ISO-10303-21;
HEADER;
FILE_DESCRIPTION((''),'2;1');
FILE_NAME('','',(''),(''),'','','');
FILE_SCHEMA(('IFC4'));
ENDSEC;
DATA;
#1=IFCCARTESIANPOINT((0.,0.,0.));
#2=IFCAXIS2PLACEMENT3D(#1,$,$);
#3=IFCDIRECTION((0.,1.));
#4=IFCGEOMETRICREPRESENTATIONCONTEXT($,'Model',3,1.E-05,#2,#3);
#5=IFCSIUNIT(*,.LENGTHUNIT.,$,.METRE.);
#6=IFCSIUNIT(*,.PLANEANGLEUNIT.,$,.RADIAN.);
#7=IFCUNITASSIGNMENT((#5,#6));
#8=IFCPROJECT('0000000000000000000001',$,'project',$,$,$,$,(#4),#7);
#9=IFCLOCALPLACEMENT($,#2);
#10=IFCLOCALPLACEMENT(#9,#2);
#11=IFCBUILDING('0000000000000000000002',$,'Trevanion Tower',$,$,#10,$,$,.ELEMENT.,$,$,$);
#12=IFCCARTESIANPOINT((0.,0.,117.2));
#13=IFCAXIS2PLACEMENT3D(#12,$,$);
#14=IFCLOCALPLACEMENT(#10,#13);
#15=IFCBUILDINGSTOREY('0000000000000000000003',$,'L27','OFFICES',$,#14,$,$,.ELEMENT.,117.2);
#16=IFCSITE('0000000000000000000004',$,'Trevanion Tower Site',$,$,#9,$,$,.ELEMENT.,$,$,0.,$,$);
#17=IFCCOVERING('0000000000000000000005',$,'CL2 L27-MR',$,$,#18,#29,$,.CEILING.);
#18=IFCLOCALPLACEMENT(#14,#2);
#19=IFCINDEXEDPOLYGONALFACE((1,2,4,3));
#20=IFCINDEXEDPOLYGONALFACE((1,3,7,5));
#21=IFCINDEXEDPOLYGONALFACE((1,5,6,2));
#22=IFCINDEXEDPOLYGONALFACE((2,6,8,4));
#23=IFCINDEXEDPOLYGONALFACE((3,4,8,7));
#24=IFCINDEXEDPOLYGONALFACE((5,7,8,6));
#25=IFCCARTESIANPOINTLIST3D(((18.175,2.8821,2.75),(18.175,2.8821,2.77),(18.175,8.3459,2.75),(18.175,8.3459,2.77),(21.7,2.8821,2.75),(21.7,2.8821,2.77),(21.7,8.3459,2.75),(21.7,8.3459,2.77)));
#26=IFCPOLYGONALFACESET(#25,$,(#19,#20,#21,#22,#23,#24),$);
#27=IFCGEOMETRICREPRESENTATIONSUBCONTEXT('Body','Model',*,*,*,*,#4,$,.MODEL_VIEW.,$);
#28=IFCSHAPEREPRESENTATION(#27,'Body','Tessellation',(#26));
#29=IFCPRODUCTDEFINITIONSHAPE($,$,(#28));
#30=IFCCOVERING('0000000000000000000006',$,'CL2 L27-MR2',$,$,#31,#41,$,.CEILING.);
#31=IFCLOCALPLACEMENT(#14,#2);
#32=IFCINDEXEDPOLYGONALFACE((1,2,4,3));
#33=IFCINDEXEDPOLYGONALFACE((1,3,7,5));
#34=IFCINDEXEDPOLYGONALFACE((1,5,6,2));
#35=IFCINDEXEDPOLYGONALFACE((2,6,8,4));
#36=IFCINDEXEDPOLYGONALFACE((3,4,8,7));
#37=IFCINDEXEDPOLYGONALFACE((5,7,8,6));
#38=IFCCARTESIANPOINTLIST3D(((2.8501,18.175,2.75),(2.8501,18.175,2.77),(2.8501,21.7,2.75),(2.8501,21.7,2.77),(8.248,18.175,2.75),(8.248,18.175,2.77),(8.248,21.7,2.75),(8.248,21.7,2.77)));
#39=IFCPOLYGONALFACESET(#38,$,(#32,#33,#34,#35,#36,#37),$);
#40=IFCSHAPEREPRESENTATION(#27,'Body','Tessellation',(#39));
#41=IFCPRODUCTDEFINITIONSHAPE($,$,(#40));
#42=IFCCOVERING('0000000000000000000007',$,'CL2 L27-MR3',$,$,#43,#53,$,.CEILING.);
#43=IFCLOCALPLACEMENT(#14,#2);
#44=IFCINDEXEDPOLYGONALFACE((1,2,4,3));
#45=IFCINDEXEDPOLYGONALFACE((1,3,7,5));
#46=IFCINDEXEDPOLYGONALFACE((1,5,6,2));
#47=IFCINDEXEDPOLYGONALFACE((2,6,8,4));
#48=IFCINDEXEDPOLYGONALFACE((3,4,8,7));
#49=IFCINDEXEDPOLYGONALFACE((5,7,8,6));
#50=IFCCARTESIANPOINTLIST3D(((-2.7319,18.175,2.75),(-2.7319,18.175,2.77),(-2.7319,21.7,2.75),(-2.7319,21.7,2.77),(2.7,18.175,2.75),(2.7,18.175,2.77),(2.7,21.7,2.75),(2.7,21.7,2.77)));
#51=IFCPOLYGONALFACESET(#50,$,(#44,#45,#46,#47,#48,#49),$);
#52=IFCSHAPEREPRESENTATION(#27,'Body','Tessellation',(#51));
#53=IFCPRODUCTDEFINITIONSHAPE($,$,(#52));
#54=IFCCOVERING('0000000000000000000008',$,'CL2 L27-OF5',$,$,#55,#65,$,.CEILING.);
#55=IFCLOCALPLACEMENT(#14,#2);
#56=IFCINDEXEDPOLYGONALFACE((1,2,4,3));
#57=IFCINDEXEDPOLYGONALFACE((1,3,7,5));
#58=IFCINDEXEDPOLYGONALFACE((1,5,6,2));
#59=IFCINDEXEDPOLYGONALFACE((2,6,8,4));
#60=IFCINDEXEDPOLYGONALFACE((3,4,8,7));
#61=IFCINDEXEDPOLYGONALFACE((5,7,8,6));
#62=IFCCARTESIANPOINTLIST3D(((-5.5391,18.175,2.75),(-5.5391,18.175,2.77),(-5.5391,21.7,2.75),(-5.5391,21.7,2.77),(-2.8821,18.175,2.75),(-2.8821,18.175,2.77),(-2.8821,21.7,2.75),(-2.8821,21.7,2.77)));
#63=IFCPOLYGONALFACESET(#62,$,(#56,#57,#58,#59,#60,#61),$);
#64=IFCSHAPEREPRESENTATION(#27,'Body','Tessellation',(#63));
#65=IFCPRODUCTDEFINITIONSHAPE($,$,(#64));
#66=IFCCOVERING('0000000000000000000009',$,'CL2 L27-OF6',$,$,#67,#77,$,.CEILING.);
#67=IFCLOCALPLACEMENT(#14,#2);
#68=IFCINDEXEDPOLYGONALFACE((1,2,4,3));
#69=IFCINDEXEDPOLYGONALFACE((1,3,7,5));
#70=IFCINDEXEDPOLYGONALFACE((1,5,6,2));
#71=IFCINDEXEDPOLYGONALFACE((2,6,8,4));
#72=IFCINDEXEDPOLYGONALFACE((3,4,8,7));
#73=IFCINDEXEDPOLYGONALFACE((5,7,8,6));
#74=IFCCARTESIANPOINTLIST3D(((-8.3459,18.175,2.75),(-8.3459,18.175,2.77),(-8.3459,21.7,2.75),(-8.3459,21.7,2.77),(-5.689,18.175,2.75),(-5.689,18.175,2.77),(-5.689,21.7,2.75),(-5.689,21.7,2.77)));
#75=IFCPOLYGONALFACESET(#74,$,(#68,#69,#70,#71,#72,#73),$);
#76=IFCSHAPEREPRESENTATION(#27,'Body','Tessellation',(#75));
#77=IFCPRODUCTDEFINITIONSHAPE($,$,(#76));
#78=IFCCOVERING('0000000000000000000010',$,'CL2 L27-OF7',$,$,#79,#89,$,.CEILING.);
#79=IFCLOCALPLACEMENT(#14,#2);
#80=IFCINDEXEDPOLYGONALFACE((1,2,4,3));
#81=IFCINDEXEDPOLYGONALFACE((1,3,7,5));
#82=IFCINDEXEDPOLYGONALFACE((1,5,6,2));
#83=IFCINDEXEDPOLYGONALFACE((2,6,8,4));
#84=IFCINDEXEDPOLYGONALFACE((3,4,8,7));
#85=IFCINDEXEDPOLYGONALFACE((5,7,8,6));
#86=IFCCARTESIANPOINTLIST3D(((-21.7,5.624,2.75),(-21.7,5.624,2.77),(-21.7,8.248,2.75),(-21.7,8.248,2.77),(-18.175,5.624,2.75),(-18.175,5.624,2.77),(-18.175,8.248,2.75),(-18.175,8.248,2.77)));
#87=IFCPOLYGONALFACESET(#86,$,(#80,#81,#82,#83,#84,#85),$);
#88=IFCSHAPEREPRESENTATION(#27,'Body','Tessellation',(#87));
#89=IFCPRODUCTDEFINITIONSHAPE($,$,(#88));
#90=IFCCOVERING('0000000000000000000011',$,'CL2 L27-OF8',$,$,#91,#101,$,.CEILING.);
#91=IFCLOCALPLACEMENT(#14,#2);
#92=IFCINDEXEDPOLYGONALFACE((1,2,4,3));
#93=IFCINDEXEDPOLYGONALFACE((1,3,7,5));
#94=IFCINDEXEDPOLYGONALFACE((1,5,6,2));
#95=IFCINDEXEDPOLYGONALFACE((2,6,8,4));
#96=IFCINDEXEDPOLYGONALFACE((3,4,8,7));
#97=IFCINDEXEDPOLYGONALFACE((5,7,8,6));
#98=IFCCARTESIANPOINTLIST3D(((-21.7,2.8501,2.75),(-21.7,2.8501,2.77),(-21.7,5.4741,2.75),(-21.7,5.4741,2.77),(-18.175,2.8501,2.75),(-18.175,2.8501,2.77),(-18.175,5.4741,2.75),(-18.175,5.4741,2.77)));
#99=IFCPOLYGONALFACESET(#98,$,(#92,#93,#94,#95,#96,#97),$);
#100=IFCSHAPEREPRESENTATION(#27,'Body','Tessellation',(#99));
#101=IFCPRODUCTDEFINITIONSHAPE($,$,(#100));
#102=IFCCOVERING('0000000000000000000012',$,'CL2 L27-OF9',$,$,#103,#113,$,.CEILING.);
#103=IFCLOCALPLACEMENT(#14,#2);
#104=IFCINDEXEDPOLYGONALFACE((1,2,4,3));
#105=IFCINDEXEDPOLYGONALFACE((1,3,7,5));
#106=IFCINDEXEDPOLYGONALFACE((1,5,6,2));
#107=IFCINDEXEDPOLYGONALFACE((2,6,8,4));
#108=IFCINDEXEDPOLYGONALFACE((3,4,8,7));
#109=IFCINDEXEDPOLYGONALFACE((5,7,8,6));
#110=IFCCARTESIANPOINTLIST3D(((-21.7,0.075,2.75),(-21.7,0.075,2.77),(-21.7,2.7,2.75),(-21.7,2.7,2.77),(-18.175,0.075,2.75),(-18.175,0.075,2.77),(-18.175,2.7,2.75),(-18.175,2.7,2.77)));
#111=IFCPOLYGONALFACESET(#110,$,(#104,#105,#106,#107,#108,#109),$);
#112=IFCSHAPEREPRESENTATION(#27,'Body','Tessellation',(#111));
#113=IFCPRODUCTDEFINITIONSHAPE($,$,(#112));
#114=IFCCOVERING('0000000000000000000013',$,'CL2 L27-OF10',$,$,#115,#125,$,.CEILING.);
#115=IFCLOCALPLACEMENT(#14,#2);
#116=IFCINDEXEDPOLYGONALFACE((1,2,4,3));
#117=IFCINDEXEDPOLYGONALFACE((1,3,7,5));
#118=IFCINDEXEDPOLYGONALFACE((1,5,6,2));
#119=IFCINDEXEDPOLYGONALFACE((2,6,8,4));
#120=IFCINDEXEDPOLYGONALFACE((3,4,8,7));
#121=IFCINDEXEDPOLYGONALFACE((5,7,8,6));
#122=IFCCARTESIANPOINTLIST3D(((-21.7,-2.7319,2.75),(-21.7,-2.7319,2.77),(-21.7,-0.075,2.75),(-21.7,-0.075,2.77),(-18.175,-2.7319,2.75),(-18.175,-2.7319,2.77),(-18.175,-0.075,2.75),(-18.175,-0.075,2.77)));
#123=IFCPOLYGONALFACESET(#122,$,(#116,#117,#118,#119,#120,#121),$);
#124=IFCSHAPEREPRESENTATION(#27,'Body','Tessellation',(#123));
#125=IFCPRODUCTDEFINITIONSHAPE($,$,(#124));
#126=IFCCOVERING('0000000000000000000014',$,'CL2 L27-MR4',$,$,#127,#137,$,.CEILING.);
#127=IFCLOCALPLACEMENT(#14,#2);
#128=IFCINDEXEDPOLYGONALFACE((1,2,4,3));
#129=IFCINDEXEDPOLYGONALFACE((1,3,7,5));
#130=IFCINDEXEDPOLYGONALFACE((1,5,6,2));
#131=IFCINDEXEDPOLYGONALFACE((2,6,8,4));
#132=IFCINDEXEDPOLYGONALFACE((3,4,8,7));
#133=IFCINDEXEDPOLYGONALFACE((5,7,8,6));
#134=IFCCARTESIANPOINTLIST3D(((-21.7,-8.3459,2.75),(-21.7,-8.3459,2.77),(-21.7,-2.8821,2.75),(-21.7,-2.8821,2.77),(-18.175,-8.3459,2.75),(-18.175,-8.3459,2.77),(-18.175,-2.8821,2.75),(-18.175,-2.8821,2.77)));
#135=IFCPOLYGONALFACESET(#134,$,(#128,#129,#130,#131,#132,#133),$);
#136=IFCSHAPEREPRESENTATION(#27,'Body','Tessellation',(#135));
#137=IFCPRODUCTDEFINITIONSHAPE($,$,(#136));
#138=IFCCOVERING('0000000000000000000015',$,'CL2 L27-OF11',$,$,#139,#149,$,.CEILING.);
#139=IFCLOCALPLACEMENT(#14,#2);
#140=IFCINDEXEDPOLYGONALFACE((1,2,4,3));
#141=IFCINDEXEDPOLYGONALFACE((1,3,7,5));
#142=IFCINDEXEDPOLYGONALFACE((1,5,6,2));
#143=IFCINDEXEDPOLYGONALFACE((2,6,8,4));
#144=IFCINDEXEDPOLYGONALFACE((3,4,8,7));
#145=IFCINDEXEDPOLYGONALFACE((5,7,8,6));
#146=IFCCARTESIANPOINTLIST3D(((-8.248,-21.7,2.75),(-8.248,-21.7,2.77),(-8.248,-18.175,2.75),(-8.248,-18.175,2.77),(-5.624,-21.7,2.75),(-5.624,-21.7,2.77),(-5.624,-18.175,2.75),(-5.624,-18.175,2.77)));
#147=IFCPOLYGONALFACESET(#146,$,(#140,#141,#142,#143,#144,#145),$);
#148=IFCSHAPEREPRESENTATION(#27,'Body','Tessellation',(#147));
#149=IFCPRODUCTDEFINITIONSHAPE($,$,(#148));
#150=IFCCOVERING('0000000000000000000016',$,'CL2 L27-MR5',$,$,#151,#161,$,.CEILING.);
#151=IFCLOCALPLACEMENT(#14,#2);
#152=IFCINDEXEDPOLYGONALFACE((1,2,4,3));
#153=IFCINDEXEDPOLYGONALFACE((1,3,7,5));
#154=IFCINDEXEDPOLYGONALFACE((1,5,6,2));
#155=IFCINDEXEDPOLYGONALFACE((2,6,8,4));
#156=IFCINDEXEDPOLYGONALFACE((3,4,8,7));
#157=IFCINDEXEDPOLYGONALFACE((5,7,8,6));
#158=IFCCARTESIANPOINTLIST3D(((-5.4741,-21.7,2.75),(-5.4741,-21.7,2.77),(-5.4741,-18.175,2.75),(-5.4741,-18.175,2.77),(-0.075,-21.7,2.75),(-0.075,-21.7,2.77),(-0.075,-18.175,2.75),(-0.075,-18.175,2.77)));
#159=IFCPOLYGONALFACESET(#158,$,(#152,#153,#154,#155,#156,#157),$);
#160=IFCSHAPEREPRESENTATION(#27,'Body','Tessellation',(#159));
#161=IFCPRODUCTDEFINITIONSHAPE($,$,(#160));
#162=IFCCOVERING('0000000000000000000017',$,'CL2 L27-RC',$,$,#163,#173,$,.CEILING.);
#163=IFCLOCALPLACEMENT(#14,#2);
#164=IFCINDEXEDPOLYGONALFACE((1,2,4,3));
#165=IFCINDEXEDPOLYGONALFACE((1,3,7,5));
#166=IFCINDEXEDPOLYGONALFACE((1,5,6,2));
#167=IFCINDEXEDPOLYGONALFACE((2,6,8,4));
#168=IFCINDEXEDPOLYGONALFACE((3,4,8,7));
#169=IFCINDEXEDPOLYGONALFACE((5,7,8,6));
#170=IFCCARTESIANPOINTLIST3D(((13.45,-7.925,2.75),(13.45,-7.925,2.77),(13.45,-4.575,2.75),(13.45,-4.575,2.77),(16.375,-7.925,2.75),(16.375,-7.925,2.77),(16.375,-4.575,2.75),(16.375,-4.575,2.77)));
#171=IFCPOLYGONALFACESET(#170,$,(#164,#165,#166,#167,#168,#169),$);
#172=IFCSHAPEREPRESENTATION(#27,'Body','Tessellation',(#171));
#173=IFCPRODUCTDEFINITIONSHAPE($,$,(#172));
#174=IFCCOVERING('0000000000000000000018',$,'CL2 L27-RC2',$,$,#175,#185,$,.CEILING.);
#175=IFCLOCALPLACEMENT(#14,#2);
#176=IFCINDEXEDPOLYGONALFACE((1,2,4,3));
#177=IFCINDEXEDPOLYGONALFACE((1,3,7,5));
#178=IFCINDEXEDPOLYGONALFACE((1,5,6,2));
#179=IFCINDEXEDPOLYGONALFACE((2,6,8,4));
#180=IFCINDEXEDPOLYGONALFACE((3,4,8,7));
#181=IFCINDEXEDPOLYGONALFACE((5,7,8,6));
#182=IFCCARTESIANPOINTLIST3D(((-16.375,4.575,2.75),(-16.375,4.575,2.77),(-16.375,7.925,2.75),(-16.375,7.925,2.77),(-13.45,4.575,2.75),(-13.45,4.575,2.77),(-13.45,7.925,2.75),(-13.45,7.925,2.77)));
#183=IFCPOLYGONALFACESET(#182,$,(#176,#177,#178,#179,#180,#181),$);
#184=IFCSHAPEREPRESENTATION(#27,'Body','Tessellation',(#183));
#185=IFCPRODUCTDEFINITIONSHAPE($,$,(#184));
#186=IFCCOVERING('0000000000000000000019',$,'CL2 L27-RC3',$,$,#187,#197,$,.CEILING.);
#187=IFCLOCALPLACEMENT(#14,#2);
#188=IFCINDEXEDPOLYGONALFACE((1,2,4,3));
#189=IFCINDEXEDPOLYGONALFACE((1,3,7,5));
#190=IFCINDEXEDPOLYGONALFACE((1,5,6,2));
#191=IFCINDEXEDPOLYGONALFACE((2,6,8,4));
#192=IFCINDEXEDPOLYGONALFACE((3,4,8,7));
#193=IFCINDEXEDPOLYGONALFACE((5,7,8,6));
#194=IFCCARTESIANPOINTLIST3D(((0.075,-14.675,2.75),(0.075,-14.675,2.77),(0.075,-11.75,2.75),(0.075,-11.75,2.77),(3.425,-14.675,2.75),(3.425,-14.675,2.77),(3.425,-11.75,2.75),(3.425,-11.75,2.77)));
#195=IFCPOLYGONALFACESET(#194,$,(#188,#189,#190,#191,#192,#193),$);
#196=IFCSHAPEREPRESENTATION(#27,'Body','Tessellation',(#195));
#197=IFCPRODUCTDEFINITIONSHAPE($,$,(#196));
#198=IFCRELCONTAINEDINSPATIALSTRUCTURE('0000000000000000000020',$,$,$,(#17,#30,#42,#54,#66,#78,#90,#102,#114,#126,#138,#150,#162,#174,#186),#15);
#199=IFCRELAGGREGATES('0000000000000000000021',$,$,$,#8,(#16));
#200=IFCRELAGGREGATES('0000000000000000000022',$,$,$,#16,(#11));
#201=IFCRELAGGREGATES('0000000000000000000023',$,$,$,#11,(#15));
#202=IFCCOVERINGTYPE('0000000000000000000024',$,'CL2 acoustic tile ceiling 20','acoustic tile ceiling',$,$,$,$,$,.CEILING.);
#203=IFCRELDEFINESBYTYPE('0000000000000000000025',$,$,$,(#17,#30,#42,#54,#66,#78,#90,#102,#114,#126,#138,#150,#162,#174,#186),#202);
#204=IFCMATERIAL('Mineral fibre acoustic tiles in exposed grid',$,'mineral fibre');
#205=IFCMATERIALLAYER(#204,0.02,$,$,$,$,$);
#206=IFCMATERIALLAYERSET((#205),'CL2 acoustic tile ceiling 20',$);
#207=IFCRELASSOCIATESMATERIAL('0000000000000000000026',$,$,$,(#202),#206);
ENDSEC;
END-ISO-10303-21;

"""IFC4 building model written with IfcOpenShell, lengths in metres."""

from ifc_helpers import new_model, si_unit, direction, frame, origin, place, context, subcontext, project, spatial, polyline, outline, extrude, material, layer, layer_set, type_object, element, save


model = new_model("IFC4")

# Units and contexts
model_context = context("Model", 3, precision=1e-05, world=origin(), true_north=direction((0.0, 1.0)))
body_context = subcontext(model_context, "Body", "Model", "MODEL_VIEW")
ifc_project = project(units=[si_unit("LENGTHUNIT", "METRE"), si_unit("PLANEANGLEUNIT", "RADIAN")], contexts=[model_context])

# Site, building, storey
site_placement = place(None, origin())
site = spatial("IfcSite", under=ifc_project, at=site_placement, Name="Trevanion Tower Site", CompositionType="ELEMENT", RefElevation=0.0)
building_placement = place(site_placement, origin())
building = spatial("IfcBuilding", under=site, at=building_placement, Name="Trevanion Tower", CompositionType="ELEMENT")
storey_placement = place(building_placement, frame((0.0, 0.0, 117.2)))
storey = spatial("IfcBuildingStorey", under=building, at=storey_placement, Name="L27", Description="OFFICES", CompositionType="ELEMENT", Elevation=117.2)

# Coverings
ifc_material_1 = material(Name="Mineral fibre acoustic tiles in exposed grid", Category="mineral fibre")
ifc_layer_1 = layer(ifc_material_1, 0.02)
ifc_layer_set_1 = layer_set([ifc_layer_1], Name="CL2 acoustic tile ceiling 20")
covering_type_1 = type_object("IfcCoveringType", Name="CL2 acoustic tile ceiling 20", Description="acoustic tile ceiling", PredefinedType="CEILING", material=ifc_layer_set_1)
covering_1_placement = place(storey_placement, frame((0.0, 0.0, 2.75)))
element("IfcCovering", 1, at=covering_1_placement, inside=storey, type_object=covering_type_1, Name="CL2 L27-MR", PredefinedType="CEILING", context=body_context, shape_type="SweptSolid", body=[
    extrude(outline(polyline([(18.175, 2.8821), (18.175, 8.3459), (21.7, 8.3459), (21.7, 2.8821), (18.175, 2.8821)])), origin(), (0.0, 0.0, 1.0), 0.02),
])
covering_2_placement = place(storey_placement, frame((0.0, 0.0, 2.75)))
element("IfcCovering", 2, at=covering_2_placement, inside=storey, type_object=covering_type_1, Name="CL2 L27-MR2", PredefinedType="CEILING", context=body_context, shape_type="SweptSolid", body=[
    extrude(outline(polyline([(8.248, 18.175), (2.8501, 18.175), (2.8501, 21.7), (8.248, 21.7), (8.248, 18.175)])), origin(), (0.0, 0.0, 1.0), 0.02),
])
covering_3_placement = place(storey_placement, frame((0.0, 0.0, 2.75)))
element("IfcCovering", 3, at=covering_3_placement, inside=storey, type_object=covering_type_1, Name="CL2 L27-MR3", PredefinedType="CEILING", context=body_context, shape_type="SweptSolid", body=[
    extrude(outline(polyline([(2.7, 18.175), (-2.7319, 18.175), (-2.7319, 21.7), (2.7, 21.7), (2.7, 18.175)])), origin(), (0.0, 0.0, 1.0), 0.02),
])
covering_4_placement = place(storey_placement, frame((0.0, 0.0, 2.75)))
element("IfcCovering", 4, at=covering_4_placement, inside=storey, type_object=covering_type_1, Name="CL2 L27-OF5", PredefinedType="CEILING", context=body_context, shape_type="SweptSolid", body=[
    extrude(outline(polyline([(-2.8821, 18.175), (-5.5391, 18.175), (-5.5391, 21.7), (-2.8821, 21.7), (-2.8821, 18.175)])), origin(), (0.0, 0.0, 1.0), 0.02),
])
covering_5_placement = place(storey_placement, frame((0.0, 0.0, 2.75)))
element("IfcCovering", 5, at=covering_5_placement, inside=storey, type_object=covering_type_1, Name="CL2 L27-OF6", PredefinedType="CEILING", context=body_context, shape_type="SweptSolid", body=[
    extrude(outline(polyline([(-5.689, 18.175), (-8.3459, 18.175), (-8.3459, 21.7), (-5.689, 21.7), (-5.689, 18.175)])), origin(), (0.0, 0.0, 1.0), 0.02),
])
covering_6_placement = place(storey_placement, frame((0.0, 0.0, 2.75)))
element("IfcCovering", 6, at=covering_6_placement, inside=storey, type_object=covering_type_1, Name="CL2 L27-OF7", PredefinedType="CEILING", context=body_context, shape_type="SweptSolid", body=[
    extrude(outline(polyline([(-18.175, 8.248), (-18.175, 5.624), (-21.7, 5.624), (-21.7, 8.248), (-18.175, 8.248)])), origin(), (0.0, 0.0, 1.0), 0.02),
])
covering_7_placement = place(storey_placement, frame((0.0, 0.0, 2.75)))
element("IfcCovering", 7, at=covering_7_placement, inside=storey, type_object=covering_type_1, Name="CL2 L27-OF8", PredefinedType="CEILING", context=body_context, shape_type="SweptSolid", body=[
    extrude(outline(polyline([(-18.175, 5.4741), (-18.175, 2.8501), (-21.7, 2.8501), (-21.7, 5.4741), (-18.175, 5.4741)])), origin(), (0.0, 0.0, 1.0), 0.02),
])
covering_8_placement = place(storey_placement, frame((0.0, 0.0, 2.75)))
element("IfcCovering", 8, at=covering_8_placement, inside=storey, type_object=covering_type_1, Name="CL2 L27-OF9", PredefinedType="CEILING", context=body_context, shape_type="SweptSolid", body=[
    extrude(outline(polyline([(-18.175, 2.7), (-18.175, 0.075), (-21.7, 0.075), (-21.7, 2.7), (-18.175, 2.7)])), origin(), (0.0, 0.0, 1.0), 0.02),
])
covering_9_placement = place(storey_placement, frame((0.0, 0.0, 2.75)))
element("IfcCovering", 9, at=covering_9_placement, inside=storey, type_object=covering_type_1, Name="CL2 L27-OF10", PredefinedType="CEILING", context=body_context, shape_type="SweptSolid", body=[
    extrude(outline(polyline([(-18.175, -0.075), (-18.175, -2.7319), (-21.7, -2.7319), (-21.7, -0.075), (-18.175, -0.075)])), origin(), (0.0, 0.0, 1.0), 0.02),
])
covering_10_placement = place(storey_placement, frame((0.0, 0.0, 2.75)))
element("IfcCovering", 10, at=covering_10_placement, inside=storey, type_object=covering_type_1, Name="CL2 L27-MR4", PredefinedType="CEILING", context=body_context, shape_type="SweptSolid", body=[
    extrude(outline(polyline([(-18.175, -2.8821), (-18.175, -8.3459), (-21.7, -8.3459), (-21.7, -2.8821), (-18.175, -2.8821)])), origin(), (0.0, 0.0, 1.0), 0.02),
])
covering_11_placement = place(storey_placement, frame((0.0, 0.0, 2.75)))
element("IfcCovering", 11, at=covering_11_placement, inside=storey, type_object=covering_type_1, Name="CL2 L27-OF11", PredefinedType="CEILING", context=body_context, shape_type="SweptSolid", body=[
    extrude(outline(polyline([(-8.248, -18.175), (-5.624, -18.175), (-5.624, -21.7), (-8.248, -21.7), (-8.248, -18.175)])), origin(), (0.0, 0.0, 1.0), 0.02),
])
covering_12_placement = place(storey_placement, frame((0.0, 0.0, 2.75)))
element("IfcCovering", 12, at=covering_12_placement, inside=storey, type_object=covering_type_1, Name="CL2 L27-MR5", PredefinedType="CEILING", context=body_context, shape_type="SweptSolid", body=[
    extrude(outline(polyline([(-5.4741, -18.175), (-0.075, -18.175), (-0.075, -21.7), (-5.4741, -21.7), (-5.4741, -18.175)])), origin(), (0.0, 0.0, 1.0), 0.02),
])
covering_13_placement = place(storey_placement, frame((0.0, 0.0, 2.75)))
element("IfcCovering", 13, at=covering_13_placement, inside=storey, type_object=covering_type_1, Name="CL2 L27-RC", PredefinedType="CEILING", context=body_context, shape_type="SweptSolid", body=[
    extrude(outline(polyline([(13.45, -7.925), (13.45, -4.575), (16.375, -4.575), (16.375, -7.925), (13.45, -7.925)])), origin(), (0.0, 0.0, 1.0), 0.02),
])
covering_14_placement = place(storey_placement, frame((0.0, 0.0, 2.75)))
element("IfcCovering", 14, at=covering_14_placement, inside=storey, type_object=covering_type_1, Name="CL2 L27-RC2", PredefinedType="CEILING", context=body_context, shape_type="SweptSolid", body=[
    extrude(outline(polyline([(-13.45, 7.925), (-13.45, 4.575), (-16.375, 4.575), (-16.375, 7.925), (-13.45, 7.925)])), origin(), (0.0, 0.0, 1.0), 0.02),
])
covering_15_placement = place(storey_placement, frame((0.0, 0.0, 2.75)))
element("IfcCovering", 15, at=covering_15_placement, inside=storey, type_object=covering_type_1, Name="CL2 L27-RC3", PredefinedType="CEILING", context=body_context, shape_type="SweptSolid", body=[
    extrude(outline(polyline([(3.425, -14.675), (0.075, -14.675), (0.075, -11.75), (3.425, -11.75), (3.425, -14.675)])), origin(), (0.0, 0.0, 1.0), 0.02),
])

save(model, "model.ifc")
